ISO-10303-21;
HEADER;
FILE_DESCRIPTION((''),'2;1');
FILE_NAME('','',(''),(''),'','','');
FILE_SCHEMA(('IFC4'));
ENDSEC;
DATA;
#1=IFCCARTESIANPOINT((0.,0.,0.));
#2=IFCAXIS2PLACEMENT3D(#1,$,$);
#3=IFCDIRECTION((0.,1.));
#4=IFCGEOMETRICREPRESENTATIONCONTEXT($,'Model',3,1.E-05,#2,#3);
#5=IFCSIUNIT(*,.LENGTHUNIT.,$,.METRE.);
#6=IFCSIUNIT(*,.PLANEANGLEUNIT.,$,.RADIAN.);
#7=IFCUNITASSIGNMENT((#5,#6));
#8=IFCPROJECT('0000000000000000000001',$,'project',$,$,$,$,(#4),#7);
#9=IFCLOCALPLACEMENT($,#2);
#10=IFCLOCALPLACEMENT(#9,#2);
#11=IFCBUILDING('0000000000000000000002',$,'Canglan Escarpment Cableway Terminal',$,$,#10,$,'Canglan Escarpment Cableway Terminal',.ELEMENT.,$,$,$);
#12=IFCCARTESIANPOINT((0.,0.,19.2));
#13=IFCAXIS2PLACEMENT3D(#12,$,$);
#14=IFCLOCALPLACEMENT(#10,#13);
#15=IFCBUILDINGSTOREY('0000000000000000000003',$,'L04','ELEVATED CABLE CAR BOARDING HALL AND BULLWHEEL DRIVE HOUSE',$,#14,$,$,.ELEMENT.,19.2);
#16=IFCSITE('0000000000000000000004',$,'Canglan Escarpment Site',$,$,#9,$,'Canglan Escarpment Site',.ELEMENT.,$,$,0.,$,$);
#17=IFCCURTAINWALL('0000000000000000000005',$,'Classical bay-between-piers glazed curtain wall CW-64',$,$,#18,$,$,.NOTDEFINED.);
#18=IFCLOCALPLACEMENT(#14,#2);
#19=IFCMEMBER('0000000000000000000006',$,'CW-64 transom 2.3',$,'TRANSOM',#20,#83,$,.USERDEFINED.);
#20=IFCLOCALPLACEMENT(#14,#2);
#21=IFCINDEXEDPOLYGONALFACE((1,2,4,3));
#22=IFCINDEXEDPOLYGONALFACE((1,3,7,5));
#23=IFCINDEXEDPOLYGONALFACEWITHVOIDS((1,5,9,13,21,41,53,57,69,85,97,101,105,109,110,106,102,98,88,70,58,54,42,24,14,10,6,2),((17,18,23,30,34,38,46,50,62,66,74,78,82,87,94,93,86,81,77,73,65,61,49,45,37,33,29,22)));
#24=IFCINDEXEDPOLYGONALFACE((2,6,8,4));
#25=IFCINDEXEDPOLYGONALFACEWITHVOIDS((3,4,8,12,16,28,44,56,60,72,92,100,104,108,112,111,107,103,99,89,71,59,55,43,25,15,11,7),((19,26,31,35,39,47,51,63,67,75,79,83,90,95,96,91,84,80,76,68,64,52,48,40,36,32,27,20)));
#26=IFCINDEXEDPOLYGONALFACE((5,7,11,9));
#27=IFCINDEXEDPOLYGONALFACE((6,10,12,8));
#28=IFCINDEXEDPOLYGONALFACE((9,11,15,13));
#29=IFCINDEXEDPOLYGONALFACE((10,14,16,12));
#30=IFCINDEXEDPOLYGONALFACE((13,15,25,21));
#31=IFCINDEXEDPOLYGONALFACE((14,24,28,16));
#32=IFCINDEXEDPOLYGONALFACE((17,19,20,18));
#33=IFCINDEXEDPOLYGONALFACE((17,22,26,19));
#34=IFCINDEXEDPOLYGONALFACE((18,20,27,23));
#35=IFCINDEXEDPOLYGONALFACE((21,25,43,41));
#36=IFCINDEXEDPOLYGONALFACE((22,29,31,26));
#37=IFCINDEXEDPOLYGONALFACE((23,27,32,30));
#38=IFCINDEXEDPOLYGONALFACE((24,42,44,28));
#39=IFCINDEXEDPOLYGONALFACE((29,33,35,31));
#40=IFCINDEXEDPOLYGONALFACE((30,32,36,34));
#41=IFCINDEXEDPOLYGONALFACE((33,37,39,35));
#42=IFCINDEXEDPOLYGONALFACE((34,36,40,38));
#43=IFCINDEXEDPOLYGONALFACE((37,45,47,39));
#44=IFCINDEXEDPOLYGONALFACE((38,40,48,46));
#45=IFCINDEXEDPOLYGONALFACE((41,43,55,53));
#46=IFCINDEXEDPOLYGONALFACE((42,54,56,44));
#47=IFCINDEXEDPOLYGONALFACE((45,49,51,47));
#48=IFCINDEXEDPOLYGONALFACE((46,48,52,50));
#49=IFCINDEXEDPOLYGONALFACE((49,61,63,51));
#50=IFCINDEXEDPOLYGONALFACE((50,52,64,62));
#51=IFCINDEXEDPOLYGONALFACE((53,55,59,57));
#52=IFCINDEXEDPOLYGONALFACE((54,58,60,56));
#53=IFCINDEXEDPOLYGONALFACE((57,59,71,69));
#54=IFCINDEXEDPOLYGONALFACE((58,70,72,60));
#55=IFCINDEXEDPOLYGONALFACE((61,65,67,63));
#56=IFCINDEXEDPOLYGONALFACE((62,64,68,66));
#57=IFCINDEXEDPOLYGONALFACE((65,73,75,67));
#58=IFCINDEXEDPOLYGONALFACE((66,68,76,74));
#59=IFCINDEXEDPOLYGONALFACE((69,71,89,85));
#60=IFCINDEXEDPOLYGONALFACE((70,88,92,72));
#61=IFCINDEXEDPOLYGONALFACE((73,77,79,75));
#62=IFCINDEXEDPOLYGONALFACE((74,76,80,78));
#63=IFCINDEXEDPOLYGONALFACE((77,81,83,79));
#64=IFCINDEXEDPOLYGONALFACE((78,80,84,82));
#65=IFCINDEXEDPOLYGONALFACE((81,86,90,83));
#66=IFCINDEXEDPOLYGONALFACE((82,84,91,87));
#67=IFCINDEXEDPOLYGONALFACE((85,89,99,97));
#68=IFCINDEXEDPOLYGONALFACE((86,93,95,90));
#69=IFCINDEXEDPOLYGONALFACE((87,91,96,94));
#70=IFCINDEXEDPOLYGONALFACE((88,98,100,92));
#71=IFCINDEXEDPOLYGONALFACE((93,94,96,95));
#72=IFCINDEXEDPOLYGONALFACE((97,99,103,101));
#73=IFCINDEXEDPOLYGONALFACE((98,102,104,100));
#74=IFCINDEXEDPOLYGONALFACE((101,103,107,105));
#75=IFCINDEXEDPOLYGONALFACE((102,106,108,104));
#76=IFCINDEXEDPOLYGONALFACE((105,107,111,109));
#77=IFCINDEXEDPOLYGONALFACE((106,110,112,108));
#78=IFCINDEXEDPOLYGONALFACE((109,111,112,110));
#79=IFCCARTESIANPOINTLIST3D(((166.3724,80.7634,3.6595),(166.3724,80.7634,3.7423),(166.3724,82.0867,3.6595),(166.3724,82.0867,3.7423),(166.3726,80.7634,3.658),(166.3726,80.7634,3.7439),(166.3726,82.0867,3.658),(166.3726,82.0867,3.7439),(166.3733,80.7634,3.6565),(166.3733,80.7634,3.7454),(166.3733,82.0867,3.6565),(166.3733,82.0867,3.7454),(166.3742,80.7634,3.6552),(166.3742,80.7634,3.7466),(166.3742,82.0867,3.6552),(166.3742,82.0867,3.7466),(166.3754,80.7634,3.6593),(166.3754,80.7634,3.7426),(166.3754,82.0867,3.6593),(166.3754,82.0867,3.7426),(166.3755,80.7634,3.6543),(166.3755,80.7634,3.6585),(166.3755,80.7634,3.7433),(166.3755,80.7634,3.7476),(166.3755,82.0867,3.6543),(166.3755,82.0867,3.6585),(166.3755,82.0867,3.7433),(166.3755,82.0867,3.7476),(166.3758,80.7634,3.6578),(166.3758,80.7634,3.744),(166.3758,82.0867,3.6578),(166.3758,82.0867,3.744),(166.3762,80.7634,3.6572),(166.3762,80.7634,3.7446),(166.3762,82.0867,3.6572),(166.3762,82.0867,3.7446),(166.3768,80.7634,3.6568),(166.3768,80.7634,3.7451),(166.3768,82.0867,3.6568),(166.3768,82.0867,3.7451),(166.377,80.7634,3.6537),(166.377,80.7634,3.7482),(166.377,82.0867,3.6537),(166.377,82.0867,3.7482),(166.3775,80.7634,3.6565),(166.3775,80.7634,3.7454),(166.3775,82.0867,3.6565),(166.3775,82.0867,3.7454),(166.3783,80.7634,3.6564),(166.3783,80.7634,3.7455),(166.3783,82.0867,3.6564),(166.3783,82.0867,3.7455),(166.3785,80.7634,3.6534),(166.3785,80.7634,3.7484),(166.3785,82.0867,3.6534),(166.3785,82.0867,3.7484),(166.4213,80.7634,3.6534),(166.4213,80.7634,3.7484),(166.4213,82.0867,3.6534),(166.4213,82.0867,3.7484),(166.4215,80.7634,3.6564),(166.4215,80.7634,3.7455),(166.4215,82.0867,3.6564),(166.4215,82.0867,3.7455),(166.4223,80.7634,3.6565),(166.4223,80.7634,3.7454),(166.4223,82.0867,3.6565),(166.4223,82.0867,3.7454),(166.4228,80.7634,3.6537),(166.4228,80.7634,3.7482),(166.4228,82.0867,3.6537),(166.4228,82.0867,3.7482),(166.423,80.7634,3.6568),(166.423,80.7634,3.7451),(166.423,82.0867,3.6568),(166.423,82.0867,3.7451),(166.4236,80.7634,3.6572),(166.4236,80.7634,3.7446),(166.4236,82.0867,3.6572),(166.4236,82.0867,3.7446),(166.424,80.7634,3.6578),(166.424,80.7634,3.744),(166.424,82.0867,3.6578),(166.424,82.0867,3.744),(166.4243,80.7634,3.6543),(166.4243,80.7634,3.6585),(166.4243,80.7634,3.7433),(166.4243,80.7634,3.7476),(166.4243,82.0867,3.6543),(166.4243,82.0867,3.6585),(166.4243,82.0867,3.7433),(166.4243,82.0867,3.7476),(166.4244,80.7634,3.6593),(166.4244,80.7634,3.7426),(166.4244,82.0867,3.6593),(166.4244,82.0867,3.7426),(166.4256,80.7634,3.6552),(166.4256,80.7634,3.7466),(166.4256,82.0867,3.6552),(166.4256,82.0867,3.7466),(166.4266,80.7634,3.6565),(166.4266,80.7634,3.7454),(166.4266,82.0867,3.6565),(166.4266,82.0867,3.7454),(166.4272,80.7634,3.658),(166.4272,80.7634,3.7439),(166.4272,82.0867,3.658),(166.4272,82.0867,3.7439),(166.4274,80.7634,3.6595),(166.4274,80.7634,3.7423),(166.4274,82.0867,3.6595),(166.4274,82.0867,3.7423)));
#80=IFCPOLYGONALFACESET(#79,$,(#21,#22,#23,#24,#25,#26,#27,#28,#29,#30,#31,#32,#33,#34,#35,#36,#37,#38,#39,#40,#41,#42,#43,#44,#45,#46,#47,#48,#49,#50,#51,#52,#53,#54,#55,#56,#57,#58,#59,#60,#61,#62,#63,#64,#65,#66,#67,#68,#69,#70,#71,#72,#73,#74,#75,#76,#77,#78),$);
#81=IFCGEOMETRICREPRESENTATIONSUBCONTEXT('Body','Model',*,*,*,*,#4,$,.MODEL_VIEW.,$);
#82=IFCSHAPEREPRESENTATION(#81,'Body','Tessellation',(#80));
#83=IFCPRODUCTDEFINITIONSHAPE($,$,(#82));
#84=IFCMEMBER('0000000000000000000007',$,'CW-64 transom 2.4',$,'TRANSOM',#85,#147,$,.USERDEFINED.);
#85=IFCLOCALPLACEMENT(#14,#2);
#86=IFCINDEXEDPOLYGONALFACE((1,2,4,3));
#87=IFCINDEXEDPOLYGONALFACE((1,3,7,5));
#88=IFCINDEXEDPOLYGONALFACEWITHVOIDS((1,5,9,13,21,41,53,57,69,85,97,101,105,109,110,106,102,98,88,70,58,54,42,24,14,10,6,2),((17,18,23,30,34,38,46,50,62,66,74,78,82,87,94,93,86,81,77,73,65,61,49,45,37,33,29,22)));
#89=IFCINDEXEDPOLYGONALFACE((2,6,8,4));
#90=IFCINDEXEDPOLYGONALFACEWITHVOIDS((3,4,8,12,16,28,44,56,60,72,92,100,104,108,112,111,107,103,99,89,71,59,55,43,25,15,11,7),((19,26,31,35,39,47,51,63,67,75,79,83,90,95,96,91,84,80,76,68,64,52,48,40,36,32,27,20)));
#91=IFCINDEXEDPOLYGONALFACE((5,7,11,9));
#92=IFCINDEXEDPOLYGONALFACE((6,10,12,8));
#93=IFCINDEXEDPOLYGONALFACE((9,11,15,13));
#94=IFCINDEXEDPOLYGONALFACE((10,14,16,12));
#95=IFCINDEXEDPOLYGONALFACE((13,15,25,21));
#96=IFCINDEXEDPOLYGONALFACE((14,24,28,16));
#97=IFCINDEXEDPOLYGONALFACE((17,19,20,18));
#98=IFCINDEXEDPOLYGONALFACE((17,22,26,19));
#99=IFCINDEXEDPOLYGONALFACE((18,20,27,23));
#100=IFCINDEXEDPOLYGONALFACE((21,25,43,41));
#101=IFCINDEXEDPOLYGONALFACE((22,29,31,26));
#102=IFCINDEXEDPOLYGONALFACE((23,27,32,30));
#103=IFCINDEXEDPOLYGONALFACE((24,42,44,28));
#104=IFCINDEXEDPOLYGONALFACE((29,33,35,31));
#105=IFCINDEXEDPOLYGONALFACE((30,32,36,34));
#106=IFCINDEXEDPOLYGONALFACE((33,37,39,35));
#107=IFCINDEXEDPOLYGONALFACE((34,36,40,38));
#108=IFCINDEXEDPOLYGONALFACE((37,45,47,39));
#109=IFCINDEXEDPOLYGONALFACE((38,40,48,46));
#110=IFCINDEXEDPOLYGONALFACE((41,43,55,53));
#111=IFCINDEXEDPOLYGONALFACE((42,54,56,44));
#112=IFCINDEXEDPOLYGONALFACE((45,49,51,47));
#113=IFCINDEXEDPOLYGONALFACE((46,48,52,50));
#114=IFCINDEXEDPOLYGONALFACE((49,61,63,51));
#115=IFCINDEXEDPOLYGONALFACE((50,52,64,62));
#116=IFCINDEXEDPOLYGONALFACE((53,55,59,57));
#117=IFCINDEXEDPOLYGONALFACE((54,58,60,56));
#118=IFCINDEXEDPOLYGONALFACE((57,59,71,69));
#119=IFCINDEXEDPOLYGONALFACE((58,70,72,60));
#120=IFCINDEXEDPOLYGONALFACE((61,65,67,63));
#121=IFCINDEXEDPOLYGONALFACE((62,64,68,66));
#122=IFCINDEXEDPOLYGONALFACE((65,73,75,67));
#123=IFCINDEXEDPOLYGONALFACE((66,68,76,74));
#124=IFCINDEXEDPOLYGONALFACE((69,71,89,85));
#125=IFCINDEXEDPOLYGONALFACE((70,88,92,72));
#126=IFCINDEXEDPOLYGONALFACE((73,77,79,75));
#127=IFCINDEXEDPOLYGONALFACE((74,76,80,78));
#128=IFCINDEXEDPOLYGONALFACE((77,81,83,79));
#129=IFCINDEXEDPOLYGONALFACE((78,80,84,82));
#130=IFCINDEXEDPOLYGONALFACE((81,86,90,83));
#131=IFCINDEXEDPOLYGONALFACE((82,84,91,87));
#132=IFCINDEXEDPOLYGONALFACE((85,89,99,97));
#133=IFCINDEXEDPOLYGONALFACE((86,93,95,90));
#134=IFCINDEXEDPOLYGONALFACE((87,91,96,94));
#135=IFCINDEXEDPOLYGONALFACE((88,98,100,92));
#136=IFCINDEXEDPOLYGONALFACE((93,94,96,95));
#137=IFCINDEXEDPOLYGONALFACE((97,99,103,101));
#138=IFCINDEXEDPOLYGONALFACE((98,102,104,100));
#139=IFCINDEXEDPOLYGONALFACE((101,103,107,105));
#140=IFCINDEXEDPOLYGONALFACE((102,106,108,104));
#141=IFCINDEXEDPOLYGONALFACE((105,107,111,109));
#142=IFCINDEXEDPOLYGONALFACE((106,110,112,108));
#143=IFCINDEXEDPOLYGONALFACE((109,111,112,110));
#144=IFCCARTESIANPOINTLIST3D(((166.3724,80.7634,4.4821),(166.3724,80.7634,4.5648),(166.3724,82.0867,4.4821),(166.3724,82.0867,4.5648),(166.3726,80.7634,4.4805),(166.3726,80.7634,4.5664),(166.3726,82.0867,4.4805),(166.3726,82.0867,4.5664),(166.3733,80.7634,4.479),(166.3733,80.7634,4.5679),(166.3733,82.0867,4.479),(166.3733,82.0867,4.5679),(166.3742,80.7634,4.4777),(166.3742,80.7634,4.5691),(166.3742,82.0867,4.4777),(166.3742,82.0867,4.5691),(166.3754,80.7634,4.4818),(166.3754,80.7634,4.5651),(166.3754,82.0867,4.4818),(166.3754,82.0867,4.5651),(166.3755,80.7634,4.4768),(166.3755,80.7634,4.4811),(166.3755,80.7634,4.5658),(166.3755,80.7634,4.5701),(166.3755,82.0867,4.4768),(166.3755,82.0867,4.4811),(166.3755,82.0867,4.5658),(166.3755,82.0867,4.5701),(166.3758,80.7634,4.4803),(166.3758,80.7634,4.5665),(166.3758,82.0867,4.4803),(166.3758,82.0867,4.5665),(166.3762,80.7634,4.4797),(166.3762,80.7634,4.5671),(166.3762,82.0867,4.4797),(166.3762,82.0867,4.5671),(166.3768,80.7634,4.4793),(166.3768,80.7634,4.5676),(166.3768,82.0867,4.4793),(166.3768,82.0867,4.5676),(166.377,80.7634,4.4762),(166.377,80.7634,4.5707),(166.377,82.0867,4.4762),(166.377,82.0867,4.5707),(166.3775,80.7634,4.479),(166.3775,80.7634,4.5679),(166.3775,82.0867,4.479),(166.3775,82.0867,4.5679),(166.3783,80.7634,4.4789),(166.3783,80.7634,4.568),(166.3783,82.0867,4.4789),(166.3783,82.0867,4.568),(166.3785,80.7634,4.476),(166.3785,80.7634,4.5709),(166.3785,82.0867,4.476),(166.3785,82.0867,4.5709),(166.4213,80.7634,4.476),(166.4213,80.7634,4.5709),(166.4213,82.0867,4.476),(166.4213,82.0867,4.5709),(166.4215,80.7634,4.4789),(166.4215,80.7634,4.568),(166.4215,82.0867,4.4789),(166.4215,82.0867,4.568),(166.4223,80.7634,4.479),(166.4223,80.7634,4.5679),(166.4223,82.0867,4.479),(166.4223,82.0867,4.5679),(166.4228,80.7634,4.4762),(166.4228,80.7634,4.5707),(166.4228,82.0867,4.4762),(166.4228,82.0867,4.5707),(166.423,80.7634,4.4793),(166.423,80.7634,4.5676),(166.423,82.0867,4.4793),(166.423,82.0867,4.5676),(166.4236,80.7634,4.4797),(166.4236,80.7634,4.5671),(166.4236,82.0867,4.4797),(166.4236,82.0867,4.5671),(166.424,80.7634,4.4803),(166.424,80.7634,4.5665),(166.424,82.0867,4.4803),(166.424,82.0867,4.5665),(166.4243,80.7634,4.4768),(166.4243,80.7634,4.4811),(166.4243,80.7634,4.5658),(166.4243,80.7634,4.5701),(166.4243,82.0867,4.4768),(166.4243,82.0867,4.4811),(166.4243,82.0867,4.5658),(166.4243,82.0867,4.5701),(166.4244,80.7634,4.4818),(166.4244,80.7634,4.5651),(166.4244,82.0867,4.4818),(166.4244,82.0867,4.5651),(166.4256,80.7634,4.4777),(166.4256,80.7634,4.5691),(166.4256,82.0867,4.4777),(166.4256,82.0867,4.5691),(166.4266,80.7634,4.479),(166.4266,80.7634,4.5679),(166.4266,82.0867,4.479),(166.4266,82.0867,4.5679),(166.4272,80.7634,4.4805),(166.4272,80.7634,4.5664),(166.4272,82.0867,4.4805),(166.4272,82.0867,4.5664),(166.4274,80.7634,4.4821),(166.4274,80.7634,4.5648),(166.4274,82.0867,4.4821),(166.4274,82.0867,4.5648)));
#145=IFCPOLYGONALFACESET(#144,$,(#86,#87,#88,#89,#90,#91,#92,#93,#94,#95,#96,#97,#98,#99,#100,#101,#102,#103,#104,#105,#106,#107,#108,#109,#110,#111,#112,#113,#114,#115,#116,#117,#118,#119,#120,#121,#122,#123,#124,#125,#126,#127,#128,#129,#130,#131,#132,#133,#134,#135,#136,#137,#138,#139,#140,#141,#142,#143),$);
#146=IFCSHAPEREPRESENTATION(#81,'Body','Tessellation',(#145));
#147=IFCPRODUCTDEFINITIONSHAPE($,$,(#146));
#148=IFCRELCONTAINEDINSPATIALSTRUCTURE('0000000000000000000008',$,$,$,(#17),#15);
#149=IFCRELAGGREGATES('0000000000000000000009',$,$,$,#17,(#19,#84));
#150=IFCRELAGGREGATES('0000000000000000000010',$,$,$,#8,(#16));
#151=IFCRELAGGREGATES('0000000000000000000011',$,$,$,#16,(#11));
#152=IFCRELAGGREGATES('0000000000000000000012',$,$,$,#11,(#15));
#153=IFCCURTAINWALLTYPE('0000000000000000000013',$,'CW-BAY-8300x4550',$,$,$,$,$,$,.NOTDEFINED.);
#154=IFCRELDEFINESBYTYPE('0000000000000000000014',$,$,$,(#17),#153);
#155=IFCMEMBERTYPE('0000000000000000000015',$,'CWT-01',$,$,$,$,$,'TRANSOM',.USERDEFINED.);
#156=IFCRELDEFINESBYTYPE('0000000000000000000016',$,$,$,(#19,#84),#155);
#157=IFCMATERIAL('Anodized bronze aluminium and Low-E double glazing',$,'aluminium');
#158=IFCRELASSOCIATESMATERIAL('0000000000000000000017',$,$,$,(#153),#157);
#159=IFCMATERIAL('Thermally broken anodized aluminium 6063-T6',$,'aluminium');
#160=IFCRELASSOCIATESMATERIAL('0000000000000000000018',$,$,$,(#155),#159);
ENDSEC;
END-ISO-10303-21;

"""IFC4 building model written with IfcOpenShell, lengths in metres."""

from ifc_helpers import new_model, si_unit, direction, frame, origin, origin_2d, place, context, subcontext, project, spatial, hollow_rectangle, extrude, material, material_profile, profile_set, type_object, element, aggregate, save


model = new_model("IFC4")

# Units and contexts
model_context = context("Model", 3, precision=1e-05, world=origin(), true_north=direction((0.0, 1.0)))
body_context = subcontext(model_context, "Body", "Model", "MODEL_VIEW")
ifc_project = project(units=[si_unit("LENGTHUNIT", "METRE"), si_unit("PLANEANGLEUNIT", "RADIAN")], contexts=[model_context])

# Site, building, storey
site_placement = place(None, origin())
site = spatial("IfcSite", under=ifc_project, at=site_placement, Name="Canglan Escarpment Site", LongName="Canglan Escarpment Site", CompositionType="ELEMENT", RefElevation=0.0)
building_placement = place(site_placement, origin())
building = spatial("IfcBuilding", under=site, at=building_placement, Name="Canglan Escarpment Cableway Terminal", LongName="Canglan Escarpment Cableway Terminal", CompositionType="ELEMENT")
storey_placement = place(building_placement, frame((0.0, 0.0, 19.2)))
storey = spatial("IfcBuildingStorey", under=building, at=storey_placement, Name="L04", Description="ELEVATED CABLE CAR BOARDING HALL AND BULLWHEEL DRIVE HOUSE", CompositionType="ELEMENT", Elevation=19.2)

# Curtain wall
ifc_material_1 = material(Name="Anodized bronze aluminium and Low-E double glazing", Category="aluminium")
curtain_wall_type = type_object("IfcCurtainWallType", Name="CW-BAY-8300x4550", PredefinedType="NOTDEFINED", material=ifc_material_1)
curtain_wall_1_placement = place(storey_placement, origin())
curtain_wall_1 = element("IfcCurtainWall", 1, at=curtain_wall_1_placement, inside=storey, type_object=curtain_wall_type, Name="Classical bay-between-piers glazed curtain wall CW-64", PredefinedType="NOTDEFINED")
ifc_material_2 = material(Name="Thermally broken anodized aluminium 6063-T6", Category="aluminium")

# Members
ifc_material_profile_1 = material_profile(ifc_material_2, hollow_rectangle(XDim=0.0549, YDim=0.095, WallThickness=0.0029, InnerFilletRadius=0.0029, OuterFilletRadius=0.0061, at=origin_2d()), Name="ALU-TRAN 55x95x3")
ifc_profile_set_1 = profile_set([ifc_material_profile_1], Name="Thermally broken anodized aluminium 6063-T6")
member_type_1 = type_object("IfcMemberType", Name="CWT-01", ElementType="TRANSOM", PredefinedType="USERDEFINED", material=ifc_profile_set_1)
member_1_placement = place(storey_placement, frame((166.3999, 80.7634, 3.7009), z_axis=(0.0, 1.0, 0.0), x_axis=(-1.0, 0.0, 0.0)))
member_1 = element("IfcMember", 2, at=member_1_placement, type_object=member_type_1, Name="CW-64 transom 2.3", ObjectType="TRANSOM", PredefinedType="USERDEFINED", context=body_context, shape_type="SweptSolid", body=[
    extrude(hollow_rectangle(XDim=0.0549, YDim=0.095, WallThickness=0.0029, InnerFilletRadius=0.0029, OuterFilletRadius=0.0061, at=origin_2d()), origin(), (0.0, 0.0, 1.0), 1.3232),
])
member_2_placement = place(storey_placement, frame((166.3999, 80.7634, 4.5234), z_axis=(0.0, 1.0, 0.0), x_axis=(-1.0, 0.0, 0.0)))
member_2 = element("IfcMember", 3, at=member_2_placement, type_object=member_type_1, Name="CW-64 transom 2.4", ObjectType="TRANSOM", PredefinedType="USERDEFINED", context=body_context, shape_type="SweptSolid", body=[
    extrude(hollow_rectangle(XDim=0.0549, YDim=0.095, WallThickness=0.0029, InnerFilletRadius=0.0029, OuterFilletRadius=0.0061, at=origin_2d()), origin(), (0.0, 0.0, 1.0), 1.3232),
])

aggregate(curtain_wall_1, [member_1, member_2])

save(model, "model.ifc")
